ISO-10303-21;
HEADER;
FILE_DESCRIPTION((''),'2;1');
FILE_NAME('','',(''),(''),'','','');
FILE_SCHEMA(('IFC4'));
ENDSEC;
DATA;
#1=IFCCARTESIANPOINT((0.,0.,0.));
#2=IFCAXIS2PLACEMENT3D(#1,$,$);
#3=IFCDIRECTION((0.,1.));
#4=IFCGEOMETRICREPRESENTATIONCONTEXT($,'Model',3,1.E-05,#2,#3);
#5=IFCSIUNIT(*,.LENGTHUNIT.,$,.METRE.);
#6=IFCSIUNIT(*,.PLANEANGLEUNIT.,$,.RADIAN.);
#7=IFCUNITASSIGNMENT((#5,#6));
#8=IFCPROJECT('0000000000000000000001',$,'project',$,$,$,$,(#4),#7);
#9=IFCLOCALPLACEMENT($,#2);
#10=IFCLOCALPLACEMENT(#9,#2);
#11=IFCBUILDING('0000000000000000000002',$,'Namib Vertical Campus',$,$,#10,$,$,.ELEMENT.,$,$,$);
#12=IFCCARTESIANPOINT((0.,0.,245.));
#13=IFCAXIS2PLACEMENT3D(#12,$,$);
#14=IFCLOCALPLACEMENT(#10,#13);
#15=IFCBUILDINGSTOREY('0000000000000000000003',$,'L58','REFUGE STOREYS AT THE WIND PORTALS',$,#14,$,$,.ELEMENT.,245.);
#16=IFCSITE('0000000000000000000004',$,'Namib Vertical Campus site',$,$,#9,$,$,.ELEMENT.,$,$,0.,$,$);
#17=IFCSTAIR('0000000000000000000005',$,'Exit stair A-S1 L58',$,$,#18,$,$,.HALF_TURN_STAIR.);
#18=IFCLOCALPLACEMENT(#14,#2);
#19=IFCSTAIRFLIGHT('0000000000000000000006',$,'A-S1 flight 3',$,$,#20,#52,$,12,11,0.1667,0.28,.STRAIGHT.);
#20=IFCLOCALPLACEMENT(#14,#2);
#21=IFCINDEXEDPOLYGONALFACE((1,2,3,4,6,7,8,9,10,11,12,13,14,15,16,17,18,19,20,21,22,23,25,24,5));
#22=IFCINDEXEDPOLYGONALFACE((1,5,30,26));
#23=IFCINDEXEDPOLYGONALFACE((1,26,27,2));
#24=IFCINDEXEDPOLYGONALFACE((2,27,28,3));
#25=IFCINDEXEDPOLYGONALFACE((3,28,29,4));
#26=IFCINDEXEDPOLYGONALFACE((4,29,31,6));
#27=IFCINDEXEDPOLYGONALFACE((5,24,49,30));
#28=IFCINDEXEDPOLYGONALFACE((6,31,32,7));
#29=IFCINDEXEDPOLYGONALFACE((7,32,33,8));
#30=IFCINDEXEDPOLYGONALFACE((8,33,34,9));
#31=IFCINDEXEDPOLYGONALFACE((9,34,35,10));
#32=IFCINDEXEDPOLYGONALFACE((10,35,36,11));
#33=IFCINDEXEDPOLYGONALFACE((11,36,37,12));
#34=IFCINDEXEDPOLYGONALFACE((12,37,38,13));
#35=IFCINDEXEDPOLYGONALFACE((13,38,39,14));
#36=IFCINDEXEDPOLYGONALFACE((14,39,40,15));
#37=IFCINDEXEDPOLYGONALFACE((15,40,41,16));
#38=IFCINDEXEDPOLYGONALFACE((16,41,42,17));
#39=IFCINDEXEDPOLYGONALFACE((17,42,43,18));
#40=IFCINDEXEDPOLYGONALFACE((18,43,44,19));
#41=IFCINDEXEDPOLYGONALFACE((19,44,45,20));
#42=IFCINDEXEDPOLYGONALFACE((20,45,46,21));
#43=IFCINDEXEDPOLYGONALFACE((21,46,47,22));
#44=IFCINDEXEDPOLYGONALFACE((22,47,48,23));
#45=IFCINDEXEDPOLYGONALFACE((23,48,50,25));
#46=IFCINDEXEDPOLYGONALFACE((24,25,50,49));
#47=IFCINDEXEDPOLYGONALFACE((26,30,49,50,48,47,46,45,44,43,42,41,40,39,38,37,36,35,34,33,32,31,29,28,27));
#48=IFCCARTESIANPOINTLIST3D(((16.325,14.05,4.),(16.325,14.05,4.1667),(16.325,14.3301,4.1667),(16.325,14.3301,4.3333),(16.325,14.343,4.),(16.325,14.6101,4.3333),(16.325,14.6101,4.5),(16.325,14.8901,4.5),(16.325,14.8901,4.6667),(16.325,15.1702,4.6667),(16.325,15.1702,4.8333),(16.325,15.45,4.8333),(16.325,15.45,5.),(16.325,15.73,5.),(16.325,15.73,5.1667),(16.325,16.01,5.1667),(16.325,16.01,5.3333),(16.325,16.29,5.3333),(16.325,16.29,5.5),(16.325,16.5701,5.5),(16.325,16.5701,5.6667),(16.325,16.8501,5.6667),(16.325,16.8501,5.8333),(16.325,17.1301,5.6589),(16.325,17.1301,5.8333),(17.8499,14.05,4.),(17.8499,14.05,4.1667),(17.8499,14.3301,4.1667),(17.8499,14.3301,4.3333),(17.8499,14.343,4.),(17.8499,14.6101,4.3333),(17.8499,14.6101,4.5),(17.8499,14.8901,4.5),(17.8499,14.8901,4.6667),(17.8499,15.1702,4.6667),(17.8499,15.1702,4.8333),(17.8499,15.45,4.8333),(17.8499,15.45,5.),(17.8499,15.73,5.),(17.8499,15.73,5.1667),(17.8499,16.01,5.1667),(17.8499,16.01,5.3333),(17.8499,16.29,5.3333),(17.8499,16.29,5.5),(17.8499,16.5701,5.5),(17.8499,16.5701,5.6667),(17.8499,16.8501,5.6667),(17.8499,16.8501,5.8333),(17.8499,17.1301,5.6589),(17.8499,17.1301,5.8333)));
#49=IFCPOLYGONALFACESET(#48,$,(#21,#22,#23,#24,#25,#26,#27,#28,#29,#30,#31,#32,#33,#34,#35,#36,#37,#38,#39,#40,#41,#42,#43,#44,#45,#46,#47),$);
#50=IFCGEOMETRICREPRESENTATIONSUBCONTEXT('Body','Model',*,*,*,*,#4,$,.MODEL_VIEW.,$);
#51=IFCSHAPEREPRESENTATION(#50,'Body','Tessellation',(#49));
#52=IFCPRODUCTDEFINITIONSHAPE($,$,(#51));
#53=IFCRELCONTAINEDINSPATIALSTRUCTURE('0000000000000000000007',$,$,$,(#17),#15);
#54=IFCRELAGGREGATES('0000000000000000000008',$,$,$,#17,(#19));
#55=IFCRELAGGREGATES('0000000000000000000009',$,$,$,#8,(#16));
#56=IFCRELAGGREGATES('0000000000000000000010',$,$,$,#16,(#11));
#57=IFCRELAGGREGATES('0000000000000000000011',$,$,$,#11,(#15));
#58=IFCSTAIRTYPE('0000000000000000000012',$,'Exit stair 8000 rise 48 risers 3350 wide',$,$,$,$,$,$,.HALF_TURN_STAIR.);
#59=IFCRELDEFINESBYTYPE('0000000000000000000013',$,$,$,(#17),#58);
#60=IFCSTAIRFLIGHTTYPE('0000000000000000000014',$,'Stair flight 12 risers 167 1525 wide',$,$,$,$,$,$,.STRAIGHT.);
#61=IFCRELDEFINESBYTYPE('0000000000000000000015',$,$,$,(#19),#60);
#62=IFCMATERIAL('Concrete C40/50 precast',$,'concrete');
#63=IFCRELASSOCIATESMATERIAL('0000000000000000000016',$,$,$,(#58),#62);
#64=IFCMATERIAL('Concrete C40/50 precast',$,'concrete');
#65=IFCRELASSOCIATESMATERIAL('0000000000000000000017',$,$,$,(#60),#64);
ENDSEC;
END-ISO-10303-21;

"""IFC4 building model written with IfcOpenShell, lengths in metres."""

from ifc_helpers import new_model, si_unit, direction, frame, origin, place, context, subcontext, project, spatial, polyline, outline, extrude, material, type_object, element, aggregate, save


model = new_model("IFC4")

# Units and contexts
model_context = context("Model", 3, precision=1e-05, world=origin(), true_north=direction((0.0, 1.0)))
body_context = subcontext(model_context, "Body", "Model", "MODEL_VIEW")
ifc_project = project(units=[si_unit("LENGTHUNIT", "METRE"), si_unit("PLANEANGLEUNIT", "RADIAN")], contexts=[model_context])

# Site, building, storey
site_placement = place(None, origin())
site = spatial("IfcSite", under=ifc_project, at=site_placement, Name="Namib Vertical Campus site", CompositionType="ELEMENT", RefElevation=0.0)
building_placement = place(site_placement, origin())
building = spatial("IfcBuilding", under=site, at=building_placement, Name="Namib Vertical Campus", CompositionType="ELEMENT")
storey_placement = place(building_placement, frame((0.0, 0.0, 245.0)))
storey = spatial("IfcBuildingStorey", under=building, at=storey_placement, Name="L58", Description="REFUGE STOREYS AT THE WIND PORTALS", CompositionType="ELEMENT", Elevation=245.0)

# Stair, stair flight
ifc_material_1 = material(Name="Concrete C40/50 precast", Category="concrete")
stair_type = type_object("IfcStairType", Name="Exit stair 8000 rise 48 risers 3350 wide", PredefinedType="HALF_TURN_STAIR", material=ifc_material_1)
stair_placement = place(storey_placement, origin())
stair = element("IfcStair", 1, at=stair_placement, inside=storey, type_object=stair_type, Name="Exit stair A-S1 L58", PredefinedType="HALF_TURN_STAIR")
ifc_material_2 = material(Name="Concrete C40/50 precast", Category="concrete")
stair_flight_type = type_object("IfcStairFlightType", Name="Stair flight 12 risers 167 1525 wide", PredefinedType="STRAIGHT", material=ifc_material_2)
stair_flight_1_placement = place(storey_placement, frame((17.0874, 14.05, 4.0), z_axis=(0.0, 0.0, 1.0), x_axis=(0.0, 1.0, 0.0)))
stair_flight_1 = element("IfcStairFlight", 2, at=stair_flight_1_placement, type_object=stair_flight_type, Name="A-S1 flight 3", NumberOfRisers=12, NumberOfTreads=11, PredefinedType="STRAIGHT", RiserHeight=0.1667, TreadLength=0.28, context=body_context, shape_type="SweptSolid", body=[
    extrude(outline(polyline([(0.0, 0.0), (0.0, 0.1667), (0.28, 0.1667), (0.28, 0.3333), (0.5601, 0.3333), (0.5601, 0.5), (0.8401, 0.5), (0.8401, 0.6667), (1.1201, 0.6667), (1.1201, 0.8333), (1.3999, 0.8333), (1.3999, 1.0), (1.6799, 1.0), (1.6799, 1.1667), (1.96, 1.1667), (1.96, 1.3333), (2.24, 1.3333), (2.24, 1.5), (2.52, 1.5), (2.52, 1.6667), (2.8, 1.6667), (2.8, 1.8333), (3.0801, 1.8333), (3.0801, 2.0), (3.0801, 1.6589), (0.293, 0.0), (0.0, 0.0)])), frame((0.0, 0.7625, 0.0), z_axis=(0.0, -1.0, 0.0), x_axis=(1.0, 0.0, 0.0)), (0.0, 0.0, 1.0), 1.5249),
])
aggregate(stair, [stair_flight_1])

save(model, "model.ifc")
